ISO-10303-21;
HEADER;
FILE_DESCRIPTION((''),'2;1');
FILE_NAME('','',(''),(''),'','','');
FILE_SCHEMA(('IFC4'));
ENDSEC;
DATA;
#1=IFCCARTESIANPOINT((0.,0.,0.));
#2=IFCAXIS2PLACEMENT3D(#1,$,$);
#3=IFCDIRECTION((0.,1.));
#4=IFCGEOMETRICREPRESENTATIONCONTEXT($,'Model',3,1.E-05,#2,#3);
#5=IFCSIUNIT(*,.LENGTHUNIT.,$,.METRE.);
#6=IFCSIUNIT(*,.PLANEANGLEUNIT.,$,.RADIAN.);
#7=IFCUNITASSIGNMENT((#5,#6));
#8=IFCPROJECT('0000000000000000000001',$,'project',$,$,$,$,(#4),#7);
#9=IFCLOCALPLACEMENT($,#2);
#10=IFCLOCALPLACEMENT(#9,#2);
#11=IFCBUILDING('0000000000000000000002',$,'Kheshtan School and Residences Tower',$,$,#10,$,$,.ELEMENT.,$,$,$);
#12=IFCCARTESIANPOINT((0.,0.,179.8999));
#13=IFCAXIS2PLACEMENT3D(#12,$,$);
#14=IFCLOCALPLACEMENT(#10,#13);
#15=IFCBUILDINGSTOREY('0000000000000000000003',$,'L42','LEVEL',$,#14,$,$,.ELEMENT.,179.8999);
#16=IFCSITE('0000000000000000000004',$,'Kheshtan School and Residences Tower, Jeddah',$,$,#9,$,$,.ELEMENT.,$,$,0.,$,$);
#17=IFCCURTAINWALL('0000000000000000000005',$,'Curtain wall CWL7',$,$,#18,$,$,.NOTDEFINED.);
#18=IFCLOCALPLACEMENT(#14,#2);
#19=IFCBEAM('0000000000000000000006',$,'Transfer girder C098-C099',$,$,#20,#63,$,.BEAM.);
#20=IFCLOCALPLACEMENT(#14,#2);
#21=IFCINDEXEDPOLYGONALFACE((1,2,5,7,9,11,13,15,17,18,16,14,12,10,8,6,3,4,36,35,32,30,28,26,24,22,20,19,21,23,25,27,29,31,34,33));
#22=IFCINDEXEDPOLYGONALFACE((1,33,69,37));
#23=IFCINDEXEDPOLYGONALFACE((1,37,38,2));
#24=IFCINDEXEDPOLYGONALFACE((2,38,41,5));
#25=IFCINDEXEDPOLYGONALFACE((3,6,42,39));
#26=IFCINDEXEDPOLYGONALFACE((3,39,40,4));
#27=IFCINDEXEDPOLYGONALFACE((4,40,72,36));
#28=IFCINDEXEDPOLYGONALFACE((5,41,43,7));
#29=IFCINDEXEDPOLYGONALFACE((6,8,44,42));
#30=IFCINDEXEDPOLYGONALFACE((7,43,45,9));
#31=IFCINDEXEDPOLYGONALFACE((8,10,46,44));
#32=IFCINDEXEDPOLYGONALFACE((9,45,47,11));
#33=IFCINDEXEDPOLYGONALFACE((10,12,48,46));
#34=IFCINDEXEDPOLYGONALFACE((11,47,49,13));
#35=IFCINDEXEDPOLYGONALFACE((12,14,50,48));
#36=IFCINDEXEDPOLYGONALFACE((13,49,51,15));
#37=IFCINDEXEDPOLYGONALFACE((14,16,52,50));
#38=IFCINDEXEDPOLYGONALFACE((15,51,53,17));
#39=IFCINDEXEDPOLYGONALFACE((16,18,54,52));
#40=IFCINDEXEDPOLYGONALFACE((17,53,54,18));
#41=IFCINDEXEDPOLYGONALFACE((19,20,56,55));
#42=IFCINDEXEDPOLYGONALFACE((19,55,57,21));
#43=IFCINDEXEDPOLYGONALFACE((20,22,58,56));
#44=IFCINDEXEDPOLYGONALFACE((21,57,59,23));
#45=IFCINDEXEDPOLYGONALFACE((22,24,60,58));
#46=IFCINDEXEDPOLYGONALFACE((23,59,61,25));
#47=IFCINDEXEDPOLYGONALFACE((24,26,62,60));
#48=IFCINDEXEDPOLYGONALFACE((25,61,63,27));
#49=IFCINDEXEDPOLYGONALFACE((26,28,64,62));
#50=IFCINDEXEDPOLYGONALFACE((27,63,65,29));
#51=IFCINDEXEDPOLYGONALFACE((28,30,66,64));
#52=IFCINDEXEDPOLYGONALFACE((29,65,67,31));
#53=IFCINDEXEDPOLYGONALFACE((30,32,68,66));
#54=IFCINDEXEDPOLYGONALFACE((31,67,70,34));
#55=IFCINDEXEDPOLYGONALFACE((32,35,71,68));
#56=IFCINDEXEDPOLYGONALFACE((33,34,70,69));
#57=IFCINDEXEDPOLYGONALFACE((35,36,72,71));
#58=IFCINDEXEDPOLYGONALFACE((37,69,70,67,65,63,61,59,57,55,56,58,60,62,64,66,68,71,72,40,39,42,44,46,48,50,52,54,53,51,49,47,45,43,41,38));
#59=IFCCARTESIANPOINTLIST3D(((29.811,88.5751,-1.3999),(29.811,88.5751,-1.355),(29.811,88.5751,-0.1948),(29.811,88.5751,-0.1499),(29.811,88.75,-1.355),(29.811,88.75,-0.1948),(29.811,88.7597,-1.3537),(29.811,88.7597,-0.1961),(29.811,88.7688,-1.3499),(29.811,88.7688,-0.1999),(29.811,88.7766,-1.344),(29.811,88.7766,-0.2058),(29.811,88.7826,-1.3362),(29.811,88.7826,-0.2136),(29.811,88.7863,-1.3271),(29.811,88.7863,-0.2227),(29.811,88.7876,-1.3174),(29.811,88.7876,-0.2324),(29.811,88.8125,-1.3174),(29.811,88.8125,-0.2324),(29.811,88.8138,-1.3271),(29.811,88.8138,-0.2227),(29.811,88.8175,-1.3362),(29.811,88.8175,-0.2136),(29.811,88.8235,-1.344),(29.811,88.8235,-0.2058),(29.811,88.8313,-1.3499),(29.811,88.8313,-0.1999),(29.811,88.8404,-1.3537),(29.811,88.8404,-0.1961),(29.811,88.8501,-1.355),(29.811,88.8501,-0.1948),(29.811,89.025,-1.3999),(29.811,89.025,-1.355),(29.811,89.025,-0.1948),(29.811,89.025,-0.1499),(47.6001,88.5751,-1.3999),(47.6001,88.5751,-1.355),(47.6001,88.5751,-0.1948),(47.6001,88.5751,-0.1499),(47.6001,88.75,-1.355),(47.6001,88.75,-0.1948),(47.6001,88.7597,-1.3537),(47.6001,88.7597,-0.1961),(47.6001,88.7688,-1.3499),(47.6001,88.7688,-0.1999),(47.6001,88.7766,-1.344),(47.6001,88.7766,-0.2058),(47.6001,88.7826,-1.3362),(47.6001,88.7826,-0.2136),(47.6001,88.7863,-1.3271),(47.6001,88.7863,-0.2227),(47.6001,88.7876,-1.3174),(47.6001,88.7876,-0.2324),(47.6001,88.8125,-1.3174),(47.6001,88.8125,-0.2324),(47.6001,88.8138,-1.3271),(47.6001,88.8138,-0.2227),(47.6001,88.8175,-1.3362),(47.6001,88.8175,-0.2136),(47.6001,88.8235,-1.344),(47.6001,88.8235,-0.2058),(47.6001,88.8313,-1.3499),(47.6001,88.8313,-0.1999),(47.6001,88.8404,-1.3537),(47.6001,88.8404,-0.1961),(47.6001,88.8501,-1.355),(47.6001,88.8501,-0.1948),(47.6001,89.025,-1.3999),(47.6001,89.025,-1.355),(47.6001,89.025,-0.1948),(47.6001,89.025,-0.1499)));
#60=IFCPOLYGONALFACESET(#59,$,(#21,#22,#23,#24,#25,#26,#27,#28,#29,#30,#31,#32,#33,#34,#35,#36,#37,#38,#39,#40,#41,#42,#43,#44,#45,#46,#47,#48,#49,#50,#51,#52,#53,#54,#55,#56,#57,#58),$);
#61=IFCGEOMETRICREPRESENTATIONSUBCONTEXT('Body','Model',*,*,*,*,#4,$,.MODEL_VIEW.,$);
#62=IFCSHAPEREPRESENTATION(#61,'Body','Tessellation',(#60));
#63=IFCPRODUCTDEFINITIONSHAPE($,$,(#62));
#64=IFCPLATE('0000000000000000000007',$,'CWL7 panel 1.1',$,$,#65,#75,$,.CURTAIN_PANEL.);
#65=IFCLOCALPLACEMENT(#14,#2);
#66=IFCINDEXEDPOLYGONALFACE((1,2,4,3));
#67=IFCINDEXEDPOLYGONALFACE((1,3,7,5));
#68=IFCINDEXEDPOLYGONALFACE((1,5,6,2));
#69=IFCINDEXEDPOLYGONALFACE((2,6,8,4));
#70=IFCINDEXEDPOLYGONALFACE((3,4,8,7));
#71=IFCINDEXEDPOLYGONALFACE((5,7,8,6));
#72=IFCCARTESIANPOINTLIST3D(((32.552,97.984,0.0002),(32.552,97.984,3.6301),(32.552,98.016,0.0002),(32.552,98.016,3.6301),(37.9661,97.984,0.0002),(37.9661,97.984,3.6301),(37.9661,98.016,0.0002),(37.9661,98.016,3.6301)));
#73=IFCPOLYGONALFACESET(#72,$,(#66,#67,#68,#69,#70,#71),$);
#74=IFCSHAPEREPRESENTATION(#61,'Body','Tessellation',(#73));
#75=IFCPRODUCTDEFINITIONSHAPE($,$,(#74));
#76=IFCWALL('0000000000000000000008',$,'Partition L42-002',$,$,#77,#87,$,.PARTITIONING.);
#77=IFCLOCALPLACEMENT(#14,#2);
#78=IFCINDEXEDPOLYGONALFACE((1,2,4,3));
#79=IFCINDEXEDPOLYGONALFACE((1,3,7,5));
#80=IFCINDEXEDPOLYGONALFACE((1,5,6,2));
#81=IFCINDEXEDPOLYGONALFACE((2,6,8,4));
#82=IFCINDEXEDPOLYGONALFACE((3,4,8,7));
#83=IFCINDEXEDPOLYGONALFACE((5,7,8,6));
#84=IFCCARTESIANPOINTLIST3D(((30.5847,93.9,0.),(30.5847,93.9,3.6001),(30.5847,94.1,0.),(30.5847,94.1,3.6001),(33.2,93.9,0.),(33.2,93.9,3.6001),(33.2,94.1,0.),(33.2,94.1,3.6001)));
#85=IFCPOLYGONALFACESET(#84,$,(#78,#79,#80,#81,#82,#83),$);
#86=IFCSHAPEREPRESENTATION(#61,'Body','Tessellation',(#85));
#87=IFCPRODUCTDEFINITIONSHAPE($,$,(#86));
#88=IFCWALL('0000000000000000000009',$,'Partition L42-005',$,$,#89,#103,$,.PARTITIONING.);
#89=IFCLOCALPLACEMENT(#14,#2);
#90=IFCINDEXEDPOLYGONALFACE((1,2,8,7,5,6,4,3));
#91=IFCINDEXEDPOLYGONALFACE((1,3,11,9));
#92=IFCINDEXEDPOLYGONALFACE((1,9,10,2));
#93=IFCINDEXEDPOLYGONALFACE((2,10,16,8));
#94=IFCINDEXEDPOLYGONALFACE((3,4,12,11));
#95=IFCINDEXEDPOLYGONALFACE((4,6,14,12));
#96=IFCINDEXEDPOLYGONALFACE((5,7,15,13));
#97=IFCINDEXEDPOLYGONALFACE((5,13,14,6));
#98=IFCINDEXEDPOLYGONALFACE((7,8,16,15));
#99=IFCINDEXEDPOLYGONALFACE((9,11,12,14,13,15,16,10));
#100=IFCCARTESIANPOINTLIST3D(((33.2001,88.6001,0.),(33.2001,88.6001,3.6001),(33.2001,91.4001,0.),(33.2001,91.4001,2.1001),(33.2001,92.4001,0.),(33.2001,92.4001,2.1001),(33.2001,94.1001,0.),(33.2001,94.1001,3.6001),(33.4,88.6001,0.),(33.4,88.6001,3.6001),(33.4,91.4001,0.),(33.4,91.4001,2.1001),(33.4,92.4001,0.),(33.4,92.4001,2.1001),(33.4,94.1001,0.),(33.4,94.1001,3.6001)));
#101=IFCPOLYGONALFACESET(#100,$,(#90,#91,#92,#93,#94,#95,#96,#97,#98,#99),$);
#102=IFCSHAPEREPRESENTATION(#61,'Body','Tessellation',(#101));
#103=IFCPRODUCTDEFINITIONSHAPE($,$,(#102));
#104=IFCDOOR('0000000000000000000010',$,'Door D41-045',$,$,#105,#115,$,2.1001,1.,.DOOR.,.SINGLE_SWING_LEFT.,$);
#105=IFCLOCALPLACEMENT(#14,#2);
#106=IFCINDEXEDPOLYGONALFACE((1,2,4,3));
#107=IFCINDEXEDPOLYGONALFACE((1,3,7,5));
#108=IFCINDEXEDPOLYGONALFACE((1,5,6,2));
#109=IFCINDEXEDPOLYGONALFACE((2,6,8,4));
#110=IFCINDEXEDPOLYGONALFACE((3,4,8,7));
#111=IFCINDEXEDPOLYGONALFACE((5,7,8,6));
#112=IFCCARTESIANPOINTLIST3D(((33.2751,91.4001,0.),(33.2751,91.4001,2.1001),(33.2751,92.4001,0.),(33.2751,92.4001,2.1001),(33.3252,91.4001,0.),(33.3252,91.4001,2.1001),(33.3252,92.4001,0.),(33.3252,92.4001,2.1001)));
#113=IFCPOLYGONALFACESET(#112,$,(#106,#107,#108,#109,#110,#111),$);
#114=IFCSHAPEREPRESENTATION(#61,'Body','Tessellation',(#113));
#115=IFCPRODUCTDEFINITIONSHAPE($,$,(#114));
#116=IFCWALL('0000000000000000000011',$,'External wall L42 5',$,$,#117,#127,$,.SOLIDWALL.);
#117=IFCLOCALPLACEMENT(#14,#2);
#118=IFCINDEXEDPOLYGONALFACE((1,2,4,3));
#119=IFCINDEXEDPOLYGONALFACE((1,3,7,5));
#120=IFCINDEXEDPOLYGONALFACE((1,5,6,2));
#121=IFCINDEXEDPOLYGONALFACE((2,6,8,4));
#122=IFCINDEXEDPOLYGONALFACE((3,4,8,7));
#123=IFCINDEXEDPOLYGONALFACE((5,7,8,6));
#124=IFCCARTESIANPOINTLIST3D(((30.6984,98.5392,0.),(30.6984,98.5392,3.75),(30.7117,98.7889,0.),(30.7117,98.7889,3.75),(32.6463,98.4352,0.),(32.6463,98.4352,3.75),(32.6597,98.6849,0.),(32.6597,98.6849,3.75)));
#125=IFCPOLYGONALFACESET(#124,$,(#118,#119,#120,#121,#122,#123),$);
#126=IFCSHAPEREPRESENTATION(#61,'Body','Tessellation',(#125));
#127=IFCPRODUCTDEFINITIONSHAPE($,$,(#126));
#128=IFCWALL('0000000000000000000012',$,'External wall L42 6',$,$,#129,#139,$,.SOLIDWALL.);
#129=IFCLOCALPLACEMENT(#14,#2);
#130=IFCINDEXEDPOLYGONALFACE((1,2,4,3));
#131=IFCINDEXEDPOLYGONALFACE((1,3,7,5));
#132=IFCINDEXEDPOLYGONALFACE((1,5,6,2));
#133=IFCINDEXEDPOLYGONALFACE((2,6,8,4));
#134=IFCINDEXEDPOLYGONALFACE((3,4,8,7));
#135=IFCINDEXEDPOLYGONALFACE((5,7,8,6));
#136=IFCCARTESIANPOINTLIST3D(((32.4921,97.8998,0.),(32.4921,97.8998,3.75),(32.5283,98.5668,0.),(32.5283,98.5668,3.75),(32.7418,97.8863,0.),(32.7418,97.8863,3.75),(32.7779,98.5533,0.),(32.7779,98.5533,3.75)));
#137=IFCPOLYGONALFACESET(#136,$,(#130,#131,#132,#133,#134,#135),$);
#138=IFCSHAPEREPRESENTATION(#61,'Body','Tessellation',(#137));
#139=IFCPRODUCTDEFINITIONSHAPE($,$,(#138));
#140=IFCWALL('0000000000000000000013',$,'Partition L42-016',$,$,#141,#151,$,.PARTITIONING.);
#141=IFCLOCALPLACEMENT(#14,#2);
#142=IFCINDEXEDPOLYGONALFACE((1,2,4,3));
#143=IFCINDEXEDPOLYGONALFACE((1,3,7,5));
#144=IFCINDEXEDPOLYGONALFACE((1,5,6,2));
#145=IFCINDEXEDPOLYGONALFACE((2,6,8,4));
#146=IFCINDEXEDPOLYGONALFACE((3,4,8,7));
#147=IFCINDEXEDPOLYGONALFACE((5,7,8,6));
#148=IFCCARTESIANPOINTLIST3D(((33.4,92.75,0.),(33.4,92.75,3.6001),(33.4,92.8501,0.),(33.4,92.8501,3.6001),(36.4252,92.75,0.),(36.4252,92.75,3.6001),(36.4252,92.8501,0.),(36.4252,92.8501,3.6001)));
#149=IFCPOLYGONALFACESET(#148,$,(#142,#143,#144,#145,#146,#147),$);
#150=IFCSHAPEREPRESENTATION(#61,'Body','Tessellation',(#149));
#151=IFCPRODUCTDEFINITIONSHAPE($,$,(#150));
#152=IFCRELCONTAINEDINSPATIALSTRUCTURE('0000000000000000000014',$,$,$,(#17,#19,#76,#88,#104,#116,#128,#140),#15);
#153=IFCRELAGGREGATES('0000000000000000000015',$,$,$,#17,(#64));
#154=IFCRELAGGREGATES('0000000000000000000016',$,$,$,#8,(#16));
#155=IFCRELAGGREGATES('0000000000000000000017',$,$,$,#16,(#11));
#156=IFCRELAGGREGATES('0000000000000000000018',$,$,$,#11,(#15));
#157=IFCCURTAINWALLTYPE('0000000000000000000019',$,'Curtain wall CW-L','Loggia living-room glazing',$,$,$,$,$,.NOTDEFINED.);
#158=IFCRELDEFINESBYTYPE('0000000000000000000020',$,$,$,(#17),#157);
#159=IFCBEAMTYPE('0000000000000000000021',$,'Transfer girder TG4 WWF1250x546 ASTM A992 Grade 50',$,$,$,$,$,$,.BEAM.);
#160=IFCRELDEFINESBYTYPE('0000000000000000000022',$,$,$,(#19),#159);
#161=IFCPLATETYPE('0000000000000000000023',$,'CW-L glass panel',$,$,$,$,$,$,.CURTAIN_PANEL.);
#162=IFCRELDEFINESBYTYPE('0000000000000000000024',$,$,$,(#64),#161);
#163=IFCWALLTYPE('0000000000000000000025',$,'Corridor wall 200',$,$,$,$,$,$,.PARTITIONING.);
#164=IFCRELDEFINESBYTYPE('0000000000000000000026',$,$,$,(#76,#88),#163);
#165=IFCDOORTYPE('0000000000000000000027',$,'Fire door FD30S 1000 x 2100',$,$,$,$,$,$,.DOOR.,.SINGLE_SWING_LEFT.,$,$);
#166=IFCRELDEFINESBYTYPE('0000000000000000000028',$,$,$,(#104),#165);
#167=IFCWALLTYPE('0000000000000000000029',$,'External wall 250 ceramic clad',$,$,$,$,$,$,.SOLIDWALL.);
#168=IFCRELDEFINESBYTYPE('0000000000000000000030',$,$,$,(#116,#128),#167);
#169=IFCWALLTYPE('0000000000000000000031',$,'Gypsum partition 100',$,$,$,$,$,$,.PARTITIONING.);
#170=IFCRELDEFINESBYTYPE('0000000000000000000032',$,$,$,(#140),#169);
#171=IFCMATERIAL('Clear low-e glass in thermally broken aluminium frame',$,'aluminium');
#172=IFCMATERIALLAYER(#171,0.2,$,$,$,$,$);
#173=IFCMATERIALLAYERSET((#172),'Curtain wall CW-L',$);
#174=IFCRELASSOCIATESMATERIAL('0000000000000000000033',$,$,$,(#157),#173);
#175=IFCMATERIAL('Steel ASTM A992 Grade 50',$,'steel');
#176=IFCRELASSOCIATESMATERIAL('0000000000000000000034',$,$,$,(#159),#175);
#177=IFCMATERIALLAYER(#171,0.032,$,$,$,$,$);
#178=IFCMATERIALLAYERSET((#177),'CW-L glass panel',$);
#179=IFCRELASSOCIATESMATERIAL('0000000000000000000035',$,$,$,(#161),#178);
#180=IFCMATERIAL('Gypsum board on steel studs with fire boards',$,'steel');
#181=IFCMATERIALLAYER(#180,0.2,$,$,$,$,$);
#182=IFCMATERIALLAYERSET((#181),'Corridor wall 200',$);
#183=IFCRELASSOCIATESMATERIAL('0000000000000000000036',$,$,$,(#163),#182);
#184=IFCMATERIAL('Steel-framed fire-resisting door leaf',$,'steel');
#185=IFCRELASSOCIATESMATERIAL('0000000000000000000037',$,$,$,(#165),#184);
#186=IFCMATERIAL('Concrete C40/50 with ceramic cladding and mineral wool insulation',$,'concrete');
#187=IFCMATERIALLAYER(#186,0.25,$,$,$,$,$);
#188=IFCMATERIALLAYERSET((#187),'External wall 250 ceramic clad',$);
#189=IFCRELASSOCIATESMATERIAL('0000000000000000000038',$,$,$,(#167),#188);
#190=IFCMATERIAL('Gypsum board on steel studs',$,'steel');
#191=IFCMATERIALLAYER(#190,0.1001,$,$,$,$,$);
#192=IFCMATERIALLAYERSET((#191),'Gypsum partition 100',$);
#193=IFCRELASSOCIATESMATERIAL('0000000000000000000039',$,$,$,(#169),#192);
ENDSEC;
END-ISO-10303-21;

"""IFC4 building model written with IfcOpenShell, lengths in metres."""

from ifc_helpers import new_model, si_unit, direction, frame, frame_2d, origin, origin_2d, place, context, subcontext, project, spatial, rectangle, i_section, extrude, source, transform, mapped, material, layer, layer_set, material_profile, profile_set, type_object, element, fill, aggregate, save


model = new_model("IFC4")

# Units and contexts
model_context = context("Model", 3, precision=1e-05, world=origin(), true_north=direction((0.0, 1.0)))
body_context = subcontext(model_context, "Body", "Model", "MODEL_VIEW")
ifc_project = project(units=[si_unit("LENGTHUNIT", "METRE"), si_unit("PLANEANGLEUNIT", "RADIAN")], contexts=[model_context])

# Site, building, storey
site_placement = place(None, origin())
site = spatial("IfcSite", under=ifc_project, at=site_placement, Name="Kheshtan School and Residences Tower, Jeddah", CompositionType="ELEMENT", RefElevation=0.0)
building_placement = place(site_placement, origin())
building = spatial("IfcBuilding", under=site, at=building_placement, Name="Kheshtan School and Residences Tower", CompositionType="ELEMENT")
storey_placement = place(building_placement, frame((0.0, 0.0, 179.8999)))
storey = spatial("IfcBuildingStorey", under=building, at=storey_placement, Name="L42", Description="LEVEL", CompositionType="ELEMENT", Elevation=179.8999)

# Shared definitions
ifc_material_1 = material(Name="Steel ASTM A992 Grade 50", Category="steel")

# Curtain wall
ifc_material_2 = material(Name="Clear low-e glass in thermally broken aluminium frame", Category="aluminium")
ifc_layer_1 = layer(ifc_material_2, 0.2)
ifc_layer_set_1 = layer_set([ifc_layer_1], Name="Curtain wall CW-L")
curtain_wall_type = type_object("IfcCurtainWallType", Name="Curtain wall CW-L", Description="Loggia living-room glazing", PredefinedType="NOTDEFINED", material=ifc_layer_set_1)
curtain_wall_placement = place(storey_placement, origin())
curtain_wall = element("IfcCurtainWall", 1, at=curtain_wall_placement, inside=storey, type_object=curtain_wall_type, Name="Curtain wall CWL7", PredefinedType="NOTDEFINED")

# Beam
ifc_material_profile_1 = material_profile(ifc_material_1, i_section(OverallWidth=0.45, OverallDepth=1.25, WebThickness=0.0249, FlangeThickness=0.0449, FilletRadius=0.0376, at=origin_2d()), Name="WWF1250x546")
ifc_profile_set_1 = profile_set([ifc_material_profile_1], Name="Steel ASTM A992 Grade 50")
beam_type_1 = type_object("IfcBeamType", Name="Transfer girder TG4 WWF1250x546 ASTM A992 Grade 50", PredefinedType="BEAM", material=ifc_profile_set_1)
beam_1_placement = place(storey_placement, frame((29.811, 88.8, -0.7749), z_axis=(1.0, 0.0, 0.0), x_axis=(0.0, 1.0, 0.0)))
element("IfcBeam", 2, at=beam_1_placement, inside=storey, type_object=beam_type_1, Name="Transfer girder C098-C099", PredefinedType="BEAM", context=body_context, shape_type="SweptSolid", body=[
    extrude(i_section(OverallWidth=0.45, OverallDepth=1.25, WebThickness=0.0249, FlangeThickness=0.0449, FilletRadius=0.0376, at=origin_2d()), origin(), (0.0, 0.0, 1.0), 17.7891),
])

# Plate
ifc_layer_2 = layer(ifc_material_2, 0.032)
ifc_layer_set_2 = layer_set([ifc_layer_2], Name="CW-L glass panel")
plate_type = type_object("IfcPlateType", Name="CW-L glass panel", PredefinedType="CURTAIN_PANEL", material=ifc_layer_set_2)
plate_placement = place(storey_placement, frame((35.259, 98.0, 0.0002), z_axis=(0.0, 0.0, 1.0), x_axis=(1.0, 0.0, 0.0)))
plate = element("IfcPlate", 3, at=plate_placement, type_object=plate_type, Name="CWL7 panel 1.1", PredefinedType="CURTAIN_PANEL", context=body_context, shape_type="SweptSolid", body=[
    extrude(rectangle(XDim=5.4141, YDim=0.032, at=origin_2d()), origin(), (0.0, 0.0, 1.0), 3.6299),
])
aggregate(curtain_wall, [plate])

# Wall
ifc_material_3 = material(Name="Gypsum board on steel studs with fire boards", Category="steel")
ifc_layer_3 = layer(ifc_material_3, 0.2)
ifc_layer_set_3 = layer_set([ifc_layer_3], Name="Corridor wall 200")
wall_type_1 = type_object("IfcWallType", Name="Corridor wall 200", PredefinedType="PARTITIONING", material=ifc_layer_set_3)
wall_1_placement = place(storey_placement, frame((30.5847, 94.0, 0.0), z_axis=(0.0, 0.0, 1.0), x_axis=(1.0, 0.0, 0.0)))
element("IfcWall", 4, at=wall_1_placement, inside=storey, type_object=wall_type_1, Name="Partition L42-002", PredefinedType="PARTITIONING", context=body_context, shape_type="SweptSolid", body=[
    extrude(rectangle(XDim=2.6152, YDim=0.2, at=frame_2d((1.3076, 0.0))), origin(), (0.0, 0.0, 1.0), 3.6001),
])

# Wall, opening, door
wall_2_placement = place(storey_placement, frame((33.3, 88.6001, 0.0), z_axis=(0.0, 0.0, 1.0), x_axis=(0.0, 1.0, 0.0)))
wall_2 = element("IfcWall", 5, at=wall_2_placement, inside=storey, type_object=wall_type_1, Name="Partition L42-005", PredefinedType="PARTITIONING", context=body_context, shape_type="SweptSolid", body=[
    extrude(rectangle(XDim=5.5, YDim=0.2, at=frame_2d((2.75, 0.0))), origin(), (0.0, 0.0, 1.0), 3.6001),
])
opening_1_placement = place(wall_2_placement, frame((2.8, 0.0, 0.0)))
opening_1 = element("IfcOpeningElement", 6, at=opening_1_placement, cuts=wall_2, PredefinedType="OPENING", context=body_context, shape_type="SweptSolid", body=[
    extrude(rectangle(XDim=1.0, YDim=2.1001, at=frame_2d((0.5, 1.05))), frame((0.0, 0.1099, 0.0), z_axis=(0.0, -1.0, 0.0), x_axis=(1.0, 0.0, 0.0)), (0.0, 0.0, 1.0), 0.22),
])
ifc_material_4 = material(Name="Steel-framed fire-resisting door leaf", Category="steel")
door_type_1 = type_object("IfcDoorType", Name="Fire door FD30S 1000 x 2100", OperationType="SINGLE_SWING_LEFT", PredefinedType="DOOR", material=ifc_material_4)
shared_shape_1 = source(origin(), body_context, "Body", "SweptSolid", [
    extrude(rectangle(XDim=1.0, YDim=2.1001, at=frame_2d((0.5, 1.05))), frame((0.0, 0.0249, 0.0), z_axis=(0.0, -1.0, 0.0), x_axis=(1.0, 0.0, 0.0)), (0.0, 0.0, 1.0), 0.05),
])
door_1_placement = place(opening_1_placement, origin())
door_1 = element("IfcDoor", 7, at=door_1_placement, inside=storey, type_object=door_type_1, Name="Door D41-045", OperationType="SINGLE_SWING_LEFT", OverallHeight=2.1001, OverallWidth=1.0, PredefinedType="DOOR", context=body_context, shape_type="MappedRepresentation", body=[
    mapped(shared_shape_1, transform((0.0, 0.0, 0.0), x_axis=(1.0, 0.0, 0.0), y_axis=(0.0, 1.0, 0.0), z_axis=(0.0, 0.0, 1.0), scale=1.0)),
])
fill(opening_1, door_1)

# Walls
ifc_material_5 = material(Name="Concrete C40/50 with ceramic cladding and mineral wool insulation", Category="concrete")
ifc_layer_4 = layer(ifc_material_5, 0.25)
ifc_layer_set_4 = layer_set([ifc_layer_4], Name="External wall 250 ceramic clad")
wall_type_2 = type_object("IfcWallType", Name="External wall 250 ceramic clad", PredefinedType="SOLIDWALL", material=ifc_layer_set_4)
wall_3_placement = place(storey_placement, frame((30.7051, 98.6641, 0.0), z_axis=(0.0, 0.0, 1.0), x_axis=(0.998578, -0.053314, 0.0)))
element("IfcWall", 8, at=wall_3_placement, inside=storey, type_object=wall_type_2, Name="External wall L42 5", PredefinedType="SOLIDWALL", context=body_context, shape_type="SweptSolid", body=[
    extrude(rectangle(XDim=1.9507, YDim=0.25, at=frame_2d((0.9753, 0.0))), origin(), (0.0, 0.0, 1.0), 3.75),
])
wall_4_placement = place(storey_placement, frame((32.6531, 98.5601, 0.0), z_axis=(0.0, 0.0, 1.0), x_axis=(-0.054093, -0.998536, 0.0)))
element("IfcWall", 9, at=wall_4_placement, inside=storey, type_object=wall_type_2, Name="External wall L42 6", PredefinedType="SOLIDWALL", context=body_context, shape_type="SweptSolid", body=[
    extrude(rectangle(XDim=0.668, YDim=0.25, at=frame_2d((0.334, 0.0))), origin(), (0.0, 0.0, 1.0), 3.75),
])
ifc_material_6 = material(Name="Gypsum board on steel studs", Category="steel")
ifc_layer_5 = layer(ifc_material_6, 0.1001)
ifc_layer_set_5 = layer_set([ifc_layer_5], Name="Gypsum partition 100")
wall_type_3 = type_object("IfcWallType", Name="Gypsum partition 100", PredefinedType="PARTITIONING", material=ifc_layer_set_5)
wall_5_placement = place(storey_placement, frame((33.3999, 92.8, 0.0), z_axis=(0.0, 0.0, 1.0), x_axis=(1.0, 0.0, 0.0)))
element("IfcWall", 10, at=wall_5_placement, inside=storey, type_object=wall_type_3, Name="Partition L42-016", PredefinedType="PARTITIONING", context=body_context, shape_type="SweptSolid", body=[
    extrude(rectangle(XDim=3.0251, YDim=0.1001, at=frame_2d((1.5127, 0.0))), origin(), (0.0, 0.0, 1.0), 3.6001),
])

save(model, "model.ifc")
